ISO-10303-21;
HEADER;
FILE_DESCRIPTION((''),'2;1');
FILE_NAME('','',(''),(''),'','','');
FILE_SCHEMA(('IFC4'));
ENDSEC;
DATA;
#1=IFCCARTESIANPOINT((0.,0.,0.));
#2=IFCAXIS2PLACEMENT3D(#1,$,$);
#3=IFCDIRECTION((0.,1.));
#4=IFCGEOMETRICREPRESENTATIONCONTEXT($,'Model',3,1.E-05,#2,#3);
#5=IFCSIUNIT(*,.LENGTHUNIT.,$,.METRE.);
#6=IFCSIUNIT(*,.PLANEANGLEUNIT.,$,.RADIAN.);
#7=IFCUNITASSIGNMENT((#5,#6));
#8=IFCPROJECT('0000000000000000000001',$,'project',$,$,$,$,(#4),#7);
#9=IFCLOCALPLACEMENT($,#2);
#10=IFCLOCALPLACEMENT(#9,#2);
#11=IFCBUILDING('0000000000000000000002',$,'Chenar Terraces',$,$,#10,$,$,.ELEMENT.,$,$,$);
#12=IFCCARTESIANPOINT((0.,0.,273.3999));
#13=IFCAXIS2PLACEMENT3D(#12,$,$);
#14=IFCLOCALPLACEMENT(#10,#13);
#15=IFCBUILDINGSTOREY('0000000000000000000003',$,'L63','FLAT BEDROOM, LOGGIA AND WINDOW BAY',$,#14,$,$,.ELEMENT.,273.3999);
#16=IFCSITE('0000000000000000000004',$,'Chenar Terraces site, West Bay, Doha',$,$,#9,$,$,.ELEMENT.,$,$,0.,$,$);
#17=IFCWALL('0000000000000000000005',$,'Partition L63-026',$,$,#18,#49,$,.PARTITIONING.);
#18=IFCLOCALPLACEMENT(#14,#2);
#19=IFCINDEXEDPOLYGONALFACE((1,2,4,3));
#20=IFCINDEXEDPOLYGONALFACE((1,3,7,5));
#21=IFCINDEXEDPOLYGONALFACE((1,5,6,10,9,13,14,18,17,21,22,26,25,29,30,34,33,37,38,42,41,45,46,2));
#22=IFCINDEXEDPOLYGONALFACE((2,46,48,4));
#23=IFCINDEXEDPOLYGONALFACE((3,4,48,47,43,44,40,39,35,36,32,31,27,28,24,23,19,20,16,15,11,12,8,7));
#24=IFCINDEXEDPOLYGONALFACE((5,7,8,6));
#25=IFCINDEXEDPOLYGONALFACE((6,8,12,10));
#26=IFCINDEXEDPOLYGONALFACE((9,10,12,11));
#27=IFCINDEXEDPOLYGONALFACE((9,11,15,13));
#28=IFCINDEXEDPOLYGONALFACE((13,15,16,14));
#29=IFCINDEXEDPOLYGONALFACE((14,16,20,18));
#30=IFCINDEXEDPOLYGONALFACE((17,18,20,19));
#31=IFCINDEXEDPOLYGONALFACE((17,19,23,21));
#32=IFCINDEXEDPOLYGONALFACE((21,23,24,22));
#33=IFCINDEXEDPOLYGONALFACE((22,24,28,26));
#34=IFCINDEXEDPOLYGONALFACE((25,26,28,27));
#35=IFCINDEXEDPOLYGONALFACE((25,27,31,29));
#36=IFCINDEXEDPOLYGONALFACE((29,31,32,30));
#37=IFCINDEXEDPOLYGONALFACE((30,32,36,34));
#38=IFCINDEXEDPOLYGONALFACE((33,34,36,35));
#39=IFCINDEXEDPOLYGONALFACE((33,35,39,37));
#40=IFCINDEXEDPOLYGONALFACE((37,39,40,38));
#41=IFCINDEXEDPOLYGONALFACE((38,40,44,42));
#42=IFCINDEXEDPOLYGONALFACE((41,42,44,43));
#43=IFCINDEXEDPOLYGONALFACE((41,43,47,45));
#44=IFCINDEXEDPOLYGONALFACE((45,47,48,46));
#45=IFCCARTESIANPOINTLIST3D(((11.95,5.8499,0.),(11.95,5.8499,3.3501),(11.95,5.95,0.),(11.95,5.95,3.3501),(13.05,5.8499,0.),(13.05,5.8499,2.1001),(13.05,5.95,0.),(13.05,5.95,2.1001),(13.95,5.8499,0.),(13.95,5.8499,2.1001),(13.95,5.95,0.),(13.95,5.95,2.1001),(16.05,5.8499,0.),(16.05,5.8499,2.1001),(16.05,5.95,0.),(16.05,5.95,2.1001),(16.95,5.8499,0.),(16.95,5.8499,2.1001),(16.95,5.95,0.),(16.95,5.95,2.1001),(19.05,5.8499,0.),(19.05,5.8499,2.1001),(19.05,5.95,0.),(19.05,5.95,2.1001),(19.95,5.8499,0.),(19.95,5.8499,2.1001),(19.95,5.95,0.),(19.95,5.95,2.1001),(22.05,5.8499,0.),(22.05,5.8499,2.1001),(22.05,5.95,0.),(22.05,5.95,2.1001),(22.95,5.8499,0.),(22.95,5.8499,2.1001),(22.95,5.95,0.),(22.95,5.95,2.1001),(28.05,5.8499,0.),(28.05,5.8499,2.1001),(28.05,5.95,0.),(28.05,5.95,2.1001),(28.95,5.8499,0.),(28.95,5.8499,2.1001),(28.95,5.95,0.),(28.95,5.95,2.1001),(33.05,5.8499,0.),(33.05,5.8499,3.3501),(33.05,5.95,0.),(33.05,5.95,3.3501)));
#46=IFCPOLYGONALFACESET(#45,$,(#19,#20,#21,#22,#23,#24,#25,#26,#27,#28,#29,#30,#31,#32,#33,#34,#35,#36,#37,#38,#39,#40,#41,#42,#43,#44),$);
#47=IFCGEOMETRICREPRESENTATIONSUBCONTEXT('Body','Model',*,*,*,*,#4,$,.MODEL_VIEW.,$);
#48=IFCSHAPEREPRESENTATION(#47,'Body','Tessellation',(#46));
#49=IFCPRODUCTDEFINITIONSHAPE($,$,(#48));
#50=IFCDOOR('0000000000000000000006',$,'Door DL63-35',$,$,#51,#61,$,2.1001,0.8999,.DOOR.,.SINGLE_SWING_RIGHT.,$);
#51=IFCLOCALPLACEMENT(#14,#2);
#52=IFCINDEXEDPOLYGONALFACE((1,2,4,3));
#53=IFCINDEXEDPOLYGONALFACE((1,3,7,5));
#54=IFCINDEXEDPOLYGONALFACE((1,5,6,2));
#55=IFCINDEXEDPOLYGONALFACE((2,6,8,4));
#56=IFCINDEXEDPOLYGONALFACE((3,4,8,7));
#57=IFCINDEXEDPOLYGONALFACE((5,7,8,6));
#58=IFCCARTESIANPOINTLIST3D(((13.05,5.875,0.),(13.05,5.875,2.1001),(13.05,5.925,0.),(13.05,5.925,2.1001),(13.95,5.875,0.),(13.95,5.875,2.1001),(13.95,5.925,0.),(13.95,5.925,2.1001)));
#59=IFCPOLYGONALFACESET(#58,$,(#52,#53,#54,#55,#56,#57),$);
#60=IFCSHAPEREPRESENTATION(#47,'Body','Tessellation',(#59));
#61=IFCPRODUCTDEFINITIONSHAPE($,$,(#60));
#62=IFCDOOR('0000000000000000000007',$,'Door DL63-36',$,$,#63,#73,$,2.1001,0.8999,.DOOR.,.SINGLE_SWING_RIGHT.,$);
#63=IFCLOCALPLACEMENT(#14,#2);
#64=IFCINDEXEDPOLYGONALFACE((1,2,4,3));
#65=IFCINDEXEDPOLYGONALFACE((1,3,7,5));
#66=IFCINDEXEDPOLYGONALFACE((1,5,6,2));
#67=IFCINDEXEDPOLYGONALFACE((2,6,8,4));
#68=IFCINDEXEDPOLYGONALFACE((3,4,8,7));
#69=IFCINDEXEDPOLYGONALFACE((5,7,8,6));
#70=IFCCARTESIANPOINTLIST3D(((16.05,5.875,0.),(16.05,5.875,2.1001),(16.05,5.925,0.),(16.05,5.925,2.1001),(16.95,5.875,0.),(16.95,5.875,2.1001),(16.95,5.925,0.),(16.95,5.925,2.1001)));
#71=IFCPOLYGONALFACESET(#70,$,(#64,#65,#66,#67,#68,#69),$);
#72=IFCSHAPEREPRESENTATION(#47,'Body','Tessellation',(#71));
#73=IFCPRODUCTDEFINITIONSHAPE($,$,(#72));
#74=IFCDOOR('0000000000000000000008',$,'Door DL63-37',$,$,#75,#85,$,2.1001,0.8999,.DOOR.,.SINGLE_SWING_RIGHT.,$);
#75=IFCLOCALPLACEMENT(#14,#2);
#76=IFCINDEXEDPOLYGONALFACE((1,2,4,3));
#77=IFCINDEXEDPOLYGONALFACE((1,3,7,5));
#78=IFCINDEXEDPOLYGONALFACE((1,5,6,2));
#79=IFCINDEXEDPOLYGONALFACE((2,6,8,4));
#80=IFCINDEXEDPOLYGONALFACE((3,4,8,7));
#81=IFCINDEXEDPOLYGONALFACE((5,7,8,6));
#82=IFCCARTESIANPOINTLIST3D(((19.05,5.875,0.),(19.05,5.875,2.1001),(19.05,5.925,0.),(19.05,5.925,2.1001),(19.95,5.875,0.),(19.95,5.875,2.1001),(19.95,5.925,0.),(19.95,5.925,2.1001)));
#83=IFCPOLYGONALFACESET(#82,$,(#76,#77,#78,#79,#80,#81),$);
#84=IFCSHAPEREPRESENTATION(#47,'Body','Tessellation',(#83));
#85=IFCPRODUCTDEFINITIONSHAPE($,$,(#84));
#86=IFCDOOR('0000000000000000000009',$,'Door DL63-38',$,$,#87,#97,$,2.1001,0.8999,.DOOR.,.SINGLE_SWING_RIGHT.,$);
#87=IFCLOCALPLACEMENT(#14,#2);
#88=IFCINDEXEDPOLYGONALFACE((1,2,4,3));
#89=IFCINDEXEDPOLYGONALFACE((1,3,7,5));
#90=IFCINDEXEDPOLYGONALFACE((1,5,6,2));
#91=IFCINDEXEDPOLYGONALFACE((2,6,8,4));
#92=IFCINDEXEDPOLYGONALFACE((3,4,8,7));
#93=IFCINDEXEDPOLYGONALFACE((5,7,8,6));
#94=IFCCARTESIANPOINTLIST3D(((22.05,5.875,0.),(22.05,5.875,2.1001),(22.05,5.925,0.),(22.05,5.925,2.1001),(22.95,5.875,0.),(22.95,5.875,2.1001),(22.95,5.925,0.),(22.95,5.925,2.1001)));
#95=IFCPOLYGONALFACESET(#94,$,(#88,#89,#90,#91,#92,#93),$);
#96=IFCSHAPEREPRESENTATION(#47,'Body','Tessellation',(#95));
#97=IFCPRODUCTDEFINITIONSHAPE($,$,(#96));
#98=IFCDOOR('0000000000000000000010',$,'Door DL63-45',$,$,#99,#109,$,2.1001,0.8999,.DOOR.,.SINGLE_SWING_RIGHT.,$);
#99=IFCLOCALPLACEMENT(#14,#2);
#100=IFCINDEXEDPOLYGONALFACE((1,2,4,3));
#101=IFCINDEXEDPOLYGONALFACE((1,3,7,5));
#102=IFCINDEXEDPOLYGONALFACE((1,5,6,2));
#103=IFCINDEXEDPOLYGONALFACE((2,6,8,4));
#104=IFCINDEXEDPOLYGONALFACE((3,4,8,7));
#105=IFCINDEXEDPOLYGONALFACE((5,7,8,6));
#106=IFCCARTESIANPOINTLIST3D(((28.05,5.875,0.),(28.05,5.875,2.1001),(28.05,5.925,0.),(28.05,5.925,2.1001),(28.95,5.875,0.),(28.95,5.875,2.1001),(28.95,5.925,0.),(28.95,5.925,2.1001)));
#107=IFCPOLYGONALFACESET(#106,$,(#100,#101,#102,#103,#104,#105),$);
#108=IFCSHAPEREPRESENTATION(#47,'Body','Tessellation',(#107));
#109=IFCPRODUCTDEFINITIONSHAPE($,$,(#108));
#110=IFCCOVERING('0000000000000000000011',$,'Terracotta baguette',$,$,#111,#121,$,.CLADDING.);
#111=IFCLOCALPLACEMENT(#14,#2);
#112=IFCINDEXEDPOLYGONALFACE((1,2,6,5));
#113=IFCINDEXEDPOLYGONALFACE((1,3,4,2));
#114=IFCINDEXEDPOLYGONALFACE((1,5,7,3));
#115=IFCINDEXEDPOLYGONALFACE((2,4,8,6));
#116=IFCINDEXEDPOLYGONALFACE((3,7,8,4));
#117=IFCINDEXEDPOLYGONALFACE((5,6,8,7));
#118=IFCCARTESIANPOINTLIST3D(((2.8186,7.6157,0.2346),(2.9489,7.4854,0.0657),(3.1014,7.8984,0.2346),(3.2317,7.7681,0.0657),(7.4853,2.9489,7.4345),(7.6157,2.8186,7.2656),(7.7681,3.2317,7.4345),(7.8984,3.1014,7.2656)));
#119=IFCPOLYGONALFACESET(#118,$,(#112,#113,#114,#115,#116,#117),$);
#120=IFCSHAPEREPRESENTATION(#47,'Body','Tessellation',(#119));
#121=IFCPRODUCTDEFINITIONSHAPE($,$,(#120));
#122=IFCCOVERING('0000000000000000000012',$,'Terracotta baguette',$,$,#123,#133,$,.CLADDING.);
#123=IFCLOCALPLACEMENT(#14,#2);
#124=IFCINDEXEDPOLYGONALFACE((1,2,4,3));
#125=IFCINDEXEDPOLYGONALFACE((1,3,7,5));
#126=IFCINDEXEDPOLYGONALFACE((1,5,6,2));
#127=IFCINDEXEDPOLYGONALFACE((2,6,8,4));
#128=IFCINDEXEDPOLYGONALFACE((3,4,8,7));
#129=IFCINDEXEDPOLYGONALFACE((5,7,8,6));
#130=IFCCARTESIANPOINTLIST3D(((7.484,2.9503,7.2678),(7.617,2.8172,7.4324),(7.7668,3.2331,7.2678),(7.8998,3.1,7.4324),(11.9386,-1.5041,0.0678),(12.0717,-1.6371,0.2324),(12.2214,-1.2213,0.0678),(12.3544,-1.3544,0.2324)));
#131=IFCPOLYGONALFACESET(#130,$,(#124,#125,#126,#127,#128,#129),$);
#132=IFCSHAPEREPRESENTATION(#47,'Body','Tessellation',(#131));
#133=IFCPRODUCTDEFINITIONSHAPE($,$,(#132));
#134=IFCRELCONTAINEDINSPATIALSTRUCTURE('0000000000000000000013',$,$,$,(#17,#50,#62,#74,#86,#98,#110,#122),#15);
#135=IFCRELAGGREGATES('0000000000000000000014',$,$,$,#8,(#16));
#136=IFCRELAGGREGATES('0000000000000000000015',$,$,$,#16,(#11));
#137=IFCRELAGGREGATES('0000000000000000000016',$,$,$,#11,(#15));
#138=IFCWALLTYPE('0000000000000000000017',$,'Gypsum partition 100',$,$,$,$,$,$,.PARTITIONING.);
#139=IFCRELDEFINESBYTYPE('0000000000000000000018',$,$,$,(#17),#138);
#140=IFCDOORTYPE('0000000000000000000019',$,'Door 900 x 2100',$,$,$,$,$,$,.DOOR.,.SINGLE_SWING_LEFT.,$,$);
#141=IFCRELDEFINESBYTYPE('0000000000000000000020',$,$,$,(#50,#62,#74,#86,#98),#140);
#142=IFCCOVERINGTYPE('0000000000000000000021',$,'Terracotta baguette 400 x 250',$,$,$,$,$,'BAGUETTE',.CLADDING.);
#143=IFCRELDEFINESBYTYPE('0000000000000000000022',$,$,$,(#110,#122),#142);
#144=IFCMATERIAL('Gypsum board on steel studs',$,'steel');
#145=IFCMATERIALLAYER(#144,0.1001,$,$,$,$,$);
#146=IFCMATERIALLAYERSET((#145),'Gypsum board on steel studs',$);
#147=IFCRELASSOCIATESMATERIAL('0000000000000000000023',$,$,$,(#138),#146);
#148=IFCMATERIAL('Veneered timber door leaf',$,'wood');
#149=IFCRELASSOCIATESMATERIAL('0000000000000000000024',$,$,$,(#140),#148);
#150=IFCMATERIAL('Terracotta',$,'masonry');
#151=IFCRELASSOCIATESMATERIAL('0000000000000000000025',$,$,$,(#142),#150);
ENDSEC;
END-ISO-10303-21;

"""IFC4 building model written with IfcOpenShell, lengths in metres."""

from ifc_helpers import new_model, si_unit, direction, frame, frame_2d, origin, origin_2d, place, context, subcontext, project, spatial, rectangle, extrude, material, layer, layer_set, material_profile, profile_set, type_object, element, fill, save


model = new_model("IFC4")

# Units and contexts
model_context = context("Model", 3, precision=1e-05, world=origin(), true_north=direction((0.0, 1.0)))
body_context = subcontext(model_context, "Body", "Model", "MODEL_VIEW")
ifc_project = project(units=[si_unit("LENGTHUNIT", "METRE"), si_unit("PLANEANGLEUNIT", "RADIAN")], contexts=[model_context])

# Site, building, storey
site_placement = place(None, origin())
site = spatial("IfcSite", under=ifc_project, at=site_placement, Name="Chenar Terraces site, West Bay, Doha", CompositionType="ELEMENT", RefElevation=0.0)
building_placement = place(site_placement, origin())
building = spatial("IfcBuilding", under=site, at=building_placement, Name="Chenar Terraces", CompositionType="ELEMENT")
storey_placement = place(building_placement, frame((0.0, 0.0, 273.3999)))
storey = spatial("IfcBuildingStorey", under=building, at=storey_placement, Name="L63", Description="FLAT BEDROOM, LOGGIA AND WINDOW BAY", CompositionType="ELEMENT", Elevation=273.3999)

# Shared definitions
ifc_material_1 = material(Name="Gypsum board on steel studs", Category="steel")
ifc_layer_1 = layer(ifc_material_1, 0.1001)
ifc_layer_set_1 = layer_set([ifc_layer_1], Name="Gypsum board on steel studs")
wall_type_1 = type_object("IfcWallType", Name="Gypsum partition 100", PredefinedType="PARTITIONING", material=ifc_layer_set_1)
ifc_material_2 = material(Name="Veneered timber door leaf", Category="wood")
door_type_1 = type_object("IfcDoorType", Name="Door 900 x 2100", OperationType="SINGLE_SWING_LEFT", PredefinedType="DOOR", material=ifc_material_2)

# Wall, openings, doors
wall_1_placement = place(storey_placement, frame((11.95, 5.8999, 0.0), z_axis=(0.0, 0.0, 1.0), x_axis=(1.0, 0.0, 0.0)))
wall_1 = element("IfcWall", 1, at=wall_1_placement, inside=storey, type_object=wall_type_1, Name="Partition L63-026", PredefinedType="PARTITIONING", context=body_context, shape_type="SweptSolid", body=[
    extrude(rectangle(XDim=21.1001, YDim=0.1001, at=frame_2d((10.55, 0.0))), origin(), (0.0, 0.0, 1.0), 3.3501),
])
opening_1_placement = place(wall_1_placement, frame((1.1001, 0.0, 0.0)))
opening_1 = element("IfcOpeningElement", 2, at=opening_1_placement, cuts=wall_1, PredefinedType="OPENING", context=body_context, shape_type="SweptSolid", body=[
    extrude(rectangle(XDim=0.8999, YDim=2.1001, at=frame_2d((0.45, 1.05))), frame((0.0, 0.0601, 0.0), z_axis=(0.0, -1.0, 0.0), x_axis=(1.0, 0.0, 0.0)), (0.0, 0.0, 1.0), 0.1201),
])
opening_2_placement = place(wall_1_placement, frame((4.1001, 0.0, 0.0)))
opening_2 = element("IfcOpeningElement", 3, at=opening_2_placement, cuts=wall_1, PredefinedType="OPENING", context=body_context, shape_type="SweptSolid", body=[
    extrude(rectangle(XDim=0.8999, YDim=2.1001, at=frame_2d((0.45, 1.05))), frame((0.0, 0.0601, 0.0), z_axis=(0.0, -1.0, 0.0), x_axis=(1.0, 0.0, 0.0)), (0.0, 0.0, 1.0), 0.1201),
])
opening_3_placement = place(wall_1_placement, frame((7.1001, 0.0, 0.0)))
opening_3 = element("IfcOpeningElement", 4, at=opening_3_placement, cuts=wall_1, PredefinedType="OPENING", context=body_context, shape_type="SweptSolid", body=[
    extrude(rectangle(XDim=0.8999, YDim=2.1001, at=frame_2d((0.45, 1.05))), frame((0.0, 0.0601, 0.0), z_axis=(0.0, -1.0, 0.0), x_axis=(1.0, 0.0, 0.0)), (0.0, 0.0, 1.0), 0.1201),
])
opening_4_placement = place(wall_1_placement, frame((10.1001, 0.0, 0.0)))
opening_4 = element("IfcOpeningElement", 5, at=opening_4_placement, cuts=wall_1, PredefinedType="OPENING", context=body_context, shape_type="SweptSolid", body=[
    extrude(rectangle(XDim=0.8999, YDim=2.1001, at=frame_2d((0.45, 1.05))), frame((0.0, 0.0601, 0.0), z_axis=(0.0, -1.0, 0.0), x_axis=(1.0, 0.0, 0.0)), (0.0, 0.0, 1.0), 0.1201),
])
opening_5_placement = place(wall_1_placement, frame((16.1001, 0.0, 0.0)))
opening_5 = element("IfcOpeningElement", 6, at=opening_5_placement, cuts=wall_1, PredefinedType="OPENING", context=body_context, shape_type="SweptSolid", body=[
    extrude(rectangle(XDim=0.8999, YDim=2.1001, at=frame_2d((0.45, 1.05))), frame((0.0, 0.0601, 0.0), z_axis=(0.0, -1.0, 0.0), x_axis=(1.0, 0.0, 0.0)), (0.0, 0.0, 1.0), 0.1201),
])
door_1_placement = place(opening_1_placement, frame((0.8999, 0.0, 0.0), z_axis=(0.0, 0.0, 1.0), x_axis=(-1.0, 0.0, 0.0)))
door_1 = element("IfcDoor", 7, at=door_1_placement, inside=storey, type_object=door_type_1, Name="Door DL63-35", OperationType="SINGLE_SWING_RIGHT", OverallHeight=2.1001, OverallWidth=0.8999, PredefinedType="DOOR", context=body_context, shape_type="SweptSolid", body=[
    extrude(rectangle(XDim=0.8999, YDim=2.1001, at=frame_2d((0.45, 1.05))), frame((0.0, 0.0249, 0.0), z_axis=(0.0, -1.0, 0.0), x_axis=(1.0, 0.0, 0.0)), (0.0, 0.0, 1.0), 0.05),
])
fill(opening_1, door_1)
door_2_placement = place(opening_2_placement, frame((0.8999, 0.0, 0.0), z_axis=(0.0, 0.0, 1.0), x_axis=(-1.0, 0.0, 0.0)))
door_2 = element("IfcDoor", 8, at=door_2_placement, inside=storey, type_object=door_type_1, Name="Door DL63-36", OperationType="SINGLE_SWING_RIGHT", OverallHeight=2.1001, OverallWidth=0.8999, PredefinedType="DOOR", context=body_context, shape_type="SweptSolid", body=[
    extrude(rectangle(XDim=0.8999, YDim=2.1001, at=frame_2d((0.45, 1.05))), frame((0.0, 0.0249, 0.0), z_axis=(0.0, -1.0, 0.0), x_axis=(1.0, 0.0, 0.0)), (0.0, 0.0, 1.0), 0.05),
])
fill(opening_2, door_2)
door_3_placement = place(opening_3_placement, frame((0.8999, 0.0, 0.0), z_axis=(0.0, 0.0, 1.0), x_axis=(-1.0, 0.0, 0.0)))
door_3 = element("IfcDoor", 9, at=door_3_placement, inside=storey, type_object=door_type_1, Name="Door DL63-37", OperationType="SINGLE_SWING_RIGHT", OverallHeight=2.1001, OverallWidth=0.8999, PredefinedType="DOOR", context=body_context, shape_type="SweptSolid", body=[
    extrude(rectangle(XDim=0.8999, YDim=2.1001, at=frame_2d((0.45, 1.05))), frame((0.0, 0.0249, 0.0), z_axis=(0.0, -1.0, 0.0), x_axis=(1.0, 0.0, 0.0)), (0.0, 0.0, 1.0), 0.05),
])
fill(opening_3, door_3)
door_4_placement = place(opening_4_placement, frame((0.8999, 0.0, 0.0), z_axis=(0.0, 0.0, 1.0), x_axis=(-1.0, 0.0, 0.0)))
door_4 = element("IfcDoor", 10, at=door_4_placement, inside=storey, type_object=door_type_1, Name="Door DL63-38", OperationType="SINGLE_SWING_RIGHT", OverallHeight=2.1001, OverallWidth=0.8999, PredefinedType="DOOR", context=body_context, shape_type="SweptSolid", body=[
    extrude(rectangle(XDim=0.8999, YDim=2.1001, at=frame_2d((0.45, 1.05))), frame((0.0, 0.0249, 0.0), z_axis=(0.0, -1.0, 0.0), x_axis=(1.0, 0.0, 0.0)), (0.0, 0.0, 1.0), 0.05),
])
fill(opening_4, door_4)
door_5_placement = place(opening_5_placement, frame((0.8999, 0.0, 0.0), z_axis=(0.0, 0.0, 1.0), x_axis=(-1.0, 0.0, 0.0)))
door_5 = element("IfcDoor", 11, at=door_5_placement, inside=storey, type_object=door_type_1, Name="Door DL63-45", OperationType="SINGLE_SWING_RIGHT", OverallHeight=2.1001, OverallWidth=0.8999, PredefinedType="DOOR", context=body_context, shape_type="SweptSolid", body=[
    extrude(rectangle(XDim=0.8999, YDim=2.1001, at=frame_2d((0.45, 1.05))), frame((0.0, 0.0249, 0.0), z_axis=(0.0, -1.0, 0.0), x_axis=(1.0, 0.0, 0.0)), (0.0, 0.0, 1.0), 0.05),
])
fill(opening_5, door_5)

# Coverings
ifc_material_3 = material(Name="Terracotta", Category="masonry")
ifc_material_profile = material_profile(ifc_material_3, rectangle(XDim=0.3999, YDim=0.25, at=origin_2d()), Name="Terracotta baguette 400 x 250")
ifc_profile_set = profile_set([ifc_material_profile], Name="Terracotta")
covering_type = type_object("IfcCoveringType", Name="Terracotta baguette 400 x 250", ElementType="BAGUETTE", PredefinedType="CLADDING", material=ifc_profile_set)
covering_1_placement = place(storey_placement, frame((3.0251, 7.6919, 0.1501), z_axis=(0.477803, -0.477803, 0.737163), x_axis=(0.707107, 0.707107, 0.0)))
element("IfcCovering", 12, at=covering_1_placement, inside=storey, type_object=covering_type, Name="Terracotta baguette", PredefinedType="CLADDING", context=body_context, shape_type="SweptSolid", body=[
    extrude(rectangle(XDim=0.3999, YDim=0.25, at=origin_2d()), origin(), (0.0, 0.0, 1.0), 9.7671),
])
covering_2_placement = place(storey_placement, frame((7.6919, 3.0251, 7.3501), z_axis=(0.46563, -0.465604, -0.752597), x_axis=(0.707087, 0.707126, 0.0)))
element("IfcCovering", 13, at=covering_2_placement, inside=storey, type_object=covering_type, Name="Terracotta baguette", PredefinedType="CLADDING", context=body_context, shape_type="SweptSolid", body=[
    extrude(rectangle(XDim=0.3999, YDim=0.25, at=origin_2d()), origin(), (0.0, 0.0, 1.0), 9.5669),
])

save(model, "model.ifc")
